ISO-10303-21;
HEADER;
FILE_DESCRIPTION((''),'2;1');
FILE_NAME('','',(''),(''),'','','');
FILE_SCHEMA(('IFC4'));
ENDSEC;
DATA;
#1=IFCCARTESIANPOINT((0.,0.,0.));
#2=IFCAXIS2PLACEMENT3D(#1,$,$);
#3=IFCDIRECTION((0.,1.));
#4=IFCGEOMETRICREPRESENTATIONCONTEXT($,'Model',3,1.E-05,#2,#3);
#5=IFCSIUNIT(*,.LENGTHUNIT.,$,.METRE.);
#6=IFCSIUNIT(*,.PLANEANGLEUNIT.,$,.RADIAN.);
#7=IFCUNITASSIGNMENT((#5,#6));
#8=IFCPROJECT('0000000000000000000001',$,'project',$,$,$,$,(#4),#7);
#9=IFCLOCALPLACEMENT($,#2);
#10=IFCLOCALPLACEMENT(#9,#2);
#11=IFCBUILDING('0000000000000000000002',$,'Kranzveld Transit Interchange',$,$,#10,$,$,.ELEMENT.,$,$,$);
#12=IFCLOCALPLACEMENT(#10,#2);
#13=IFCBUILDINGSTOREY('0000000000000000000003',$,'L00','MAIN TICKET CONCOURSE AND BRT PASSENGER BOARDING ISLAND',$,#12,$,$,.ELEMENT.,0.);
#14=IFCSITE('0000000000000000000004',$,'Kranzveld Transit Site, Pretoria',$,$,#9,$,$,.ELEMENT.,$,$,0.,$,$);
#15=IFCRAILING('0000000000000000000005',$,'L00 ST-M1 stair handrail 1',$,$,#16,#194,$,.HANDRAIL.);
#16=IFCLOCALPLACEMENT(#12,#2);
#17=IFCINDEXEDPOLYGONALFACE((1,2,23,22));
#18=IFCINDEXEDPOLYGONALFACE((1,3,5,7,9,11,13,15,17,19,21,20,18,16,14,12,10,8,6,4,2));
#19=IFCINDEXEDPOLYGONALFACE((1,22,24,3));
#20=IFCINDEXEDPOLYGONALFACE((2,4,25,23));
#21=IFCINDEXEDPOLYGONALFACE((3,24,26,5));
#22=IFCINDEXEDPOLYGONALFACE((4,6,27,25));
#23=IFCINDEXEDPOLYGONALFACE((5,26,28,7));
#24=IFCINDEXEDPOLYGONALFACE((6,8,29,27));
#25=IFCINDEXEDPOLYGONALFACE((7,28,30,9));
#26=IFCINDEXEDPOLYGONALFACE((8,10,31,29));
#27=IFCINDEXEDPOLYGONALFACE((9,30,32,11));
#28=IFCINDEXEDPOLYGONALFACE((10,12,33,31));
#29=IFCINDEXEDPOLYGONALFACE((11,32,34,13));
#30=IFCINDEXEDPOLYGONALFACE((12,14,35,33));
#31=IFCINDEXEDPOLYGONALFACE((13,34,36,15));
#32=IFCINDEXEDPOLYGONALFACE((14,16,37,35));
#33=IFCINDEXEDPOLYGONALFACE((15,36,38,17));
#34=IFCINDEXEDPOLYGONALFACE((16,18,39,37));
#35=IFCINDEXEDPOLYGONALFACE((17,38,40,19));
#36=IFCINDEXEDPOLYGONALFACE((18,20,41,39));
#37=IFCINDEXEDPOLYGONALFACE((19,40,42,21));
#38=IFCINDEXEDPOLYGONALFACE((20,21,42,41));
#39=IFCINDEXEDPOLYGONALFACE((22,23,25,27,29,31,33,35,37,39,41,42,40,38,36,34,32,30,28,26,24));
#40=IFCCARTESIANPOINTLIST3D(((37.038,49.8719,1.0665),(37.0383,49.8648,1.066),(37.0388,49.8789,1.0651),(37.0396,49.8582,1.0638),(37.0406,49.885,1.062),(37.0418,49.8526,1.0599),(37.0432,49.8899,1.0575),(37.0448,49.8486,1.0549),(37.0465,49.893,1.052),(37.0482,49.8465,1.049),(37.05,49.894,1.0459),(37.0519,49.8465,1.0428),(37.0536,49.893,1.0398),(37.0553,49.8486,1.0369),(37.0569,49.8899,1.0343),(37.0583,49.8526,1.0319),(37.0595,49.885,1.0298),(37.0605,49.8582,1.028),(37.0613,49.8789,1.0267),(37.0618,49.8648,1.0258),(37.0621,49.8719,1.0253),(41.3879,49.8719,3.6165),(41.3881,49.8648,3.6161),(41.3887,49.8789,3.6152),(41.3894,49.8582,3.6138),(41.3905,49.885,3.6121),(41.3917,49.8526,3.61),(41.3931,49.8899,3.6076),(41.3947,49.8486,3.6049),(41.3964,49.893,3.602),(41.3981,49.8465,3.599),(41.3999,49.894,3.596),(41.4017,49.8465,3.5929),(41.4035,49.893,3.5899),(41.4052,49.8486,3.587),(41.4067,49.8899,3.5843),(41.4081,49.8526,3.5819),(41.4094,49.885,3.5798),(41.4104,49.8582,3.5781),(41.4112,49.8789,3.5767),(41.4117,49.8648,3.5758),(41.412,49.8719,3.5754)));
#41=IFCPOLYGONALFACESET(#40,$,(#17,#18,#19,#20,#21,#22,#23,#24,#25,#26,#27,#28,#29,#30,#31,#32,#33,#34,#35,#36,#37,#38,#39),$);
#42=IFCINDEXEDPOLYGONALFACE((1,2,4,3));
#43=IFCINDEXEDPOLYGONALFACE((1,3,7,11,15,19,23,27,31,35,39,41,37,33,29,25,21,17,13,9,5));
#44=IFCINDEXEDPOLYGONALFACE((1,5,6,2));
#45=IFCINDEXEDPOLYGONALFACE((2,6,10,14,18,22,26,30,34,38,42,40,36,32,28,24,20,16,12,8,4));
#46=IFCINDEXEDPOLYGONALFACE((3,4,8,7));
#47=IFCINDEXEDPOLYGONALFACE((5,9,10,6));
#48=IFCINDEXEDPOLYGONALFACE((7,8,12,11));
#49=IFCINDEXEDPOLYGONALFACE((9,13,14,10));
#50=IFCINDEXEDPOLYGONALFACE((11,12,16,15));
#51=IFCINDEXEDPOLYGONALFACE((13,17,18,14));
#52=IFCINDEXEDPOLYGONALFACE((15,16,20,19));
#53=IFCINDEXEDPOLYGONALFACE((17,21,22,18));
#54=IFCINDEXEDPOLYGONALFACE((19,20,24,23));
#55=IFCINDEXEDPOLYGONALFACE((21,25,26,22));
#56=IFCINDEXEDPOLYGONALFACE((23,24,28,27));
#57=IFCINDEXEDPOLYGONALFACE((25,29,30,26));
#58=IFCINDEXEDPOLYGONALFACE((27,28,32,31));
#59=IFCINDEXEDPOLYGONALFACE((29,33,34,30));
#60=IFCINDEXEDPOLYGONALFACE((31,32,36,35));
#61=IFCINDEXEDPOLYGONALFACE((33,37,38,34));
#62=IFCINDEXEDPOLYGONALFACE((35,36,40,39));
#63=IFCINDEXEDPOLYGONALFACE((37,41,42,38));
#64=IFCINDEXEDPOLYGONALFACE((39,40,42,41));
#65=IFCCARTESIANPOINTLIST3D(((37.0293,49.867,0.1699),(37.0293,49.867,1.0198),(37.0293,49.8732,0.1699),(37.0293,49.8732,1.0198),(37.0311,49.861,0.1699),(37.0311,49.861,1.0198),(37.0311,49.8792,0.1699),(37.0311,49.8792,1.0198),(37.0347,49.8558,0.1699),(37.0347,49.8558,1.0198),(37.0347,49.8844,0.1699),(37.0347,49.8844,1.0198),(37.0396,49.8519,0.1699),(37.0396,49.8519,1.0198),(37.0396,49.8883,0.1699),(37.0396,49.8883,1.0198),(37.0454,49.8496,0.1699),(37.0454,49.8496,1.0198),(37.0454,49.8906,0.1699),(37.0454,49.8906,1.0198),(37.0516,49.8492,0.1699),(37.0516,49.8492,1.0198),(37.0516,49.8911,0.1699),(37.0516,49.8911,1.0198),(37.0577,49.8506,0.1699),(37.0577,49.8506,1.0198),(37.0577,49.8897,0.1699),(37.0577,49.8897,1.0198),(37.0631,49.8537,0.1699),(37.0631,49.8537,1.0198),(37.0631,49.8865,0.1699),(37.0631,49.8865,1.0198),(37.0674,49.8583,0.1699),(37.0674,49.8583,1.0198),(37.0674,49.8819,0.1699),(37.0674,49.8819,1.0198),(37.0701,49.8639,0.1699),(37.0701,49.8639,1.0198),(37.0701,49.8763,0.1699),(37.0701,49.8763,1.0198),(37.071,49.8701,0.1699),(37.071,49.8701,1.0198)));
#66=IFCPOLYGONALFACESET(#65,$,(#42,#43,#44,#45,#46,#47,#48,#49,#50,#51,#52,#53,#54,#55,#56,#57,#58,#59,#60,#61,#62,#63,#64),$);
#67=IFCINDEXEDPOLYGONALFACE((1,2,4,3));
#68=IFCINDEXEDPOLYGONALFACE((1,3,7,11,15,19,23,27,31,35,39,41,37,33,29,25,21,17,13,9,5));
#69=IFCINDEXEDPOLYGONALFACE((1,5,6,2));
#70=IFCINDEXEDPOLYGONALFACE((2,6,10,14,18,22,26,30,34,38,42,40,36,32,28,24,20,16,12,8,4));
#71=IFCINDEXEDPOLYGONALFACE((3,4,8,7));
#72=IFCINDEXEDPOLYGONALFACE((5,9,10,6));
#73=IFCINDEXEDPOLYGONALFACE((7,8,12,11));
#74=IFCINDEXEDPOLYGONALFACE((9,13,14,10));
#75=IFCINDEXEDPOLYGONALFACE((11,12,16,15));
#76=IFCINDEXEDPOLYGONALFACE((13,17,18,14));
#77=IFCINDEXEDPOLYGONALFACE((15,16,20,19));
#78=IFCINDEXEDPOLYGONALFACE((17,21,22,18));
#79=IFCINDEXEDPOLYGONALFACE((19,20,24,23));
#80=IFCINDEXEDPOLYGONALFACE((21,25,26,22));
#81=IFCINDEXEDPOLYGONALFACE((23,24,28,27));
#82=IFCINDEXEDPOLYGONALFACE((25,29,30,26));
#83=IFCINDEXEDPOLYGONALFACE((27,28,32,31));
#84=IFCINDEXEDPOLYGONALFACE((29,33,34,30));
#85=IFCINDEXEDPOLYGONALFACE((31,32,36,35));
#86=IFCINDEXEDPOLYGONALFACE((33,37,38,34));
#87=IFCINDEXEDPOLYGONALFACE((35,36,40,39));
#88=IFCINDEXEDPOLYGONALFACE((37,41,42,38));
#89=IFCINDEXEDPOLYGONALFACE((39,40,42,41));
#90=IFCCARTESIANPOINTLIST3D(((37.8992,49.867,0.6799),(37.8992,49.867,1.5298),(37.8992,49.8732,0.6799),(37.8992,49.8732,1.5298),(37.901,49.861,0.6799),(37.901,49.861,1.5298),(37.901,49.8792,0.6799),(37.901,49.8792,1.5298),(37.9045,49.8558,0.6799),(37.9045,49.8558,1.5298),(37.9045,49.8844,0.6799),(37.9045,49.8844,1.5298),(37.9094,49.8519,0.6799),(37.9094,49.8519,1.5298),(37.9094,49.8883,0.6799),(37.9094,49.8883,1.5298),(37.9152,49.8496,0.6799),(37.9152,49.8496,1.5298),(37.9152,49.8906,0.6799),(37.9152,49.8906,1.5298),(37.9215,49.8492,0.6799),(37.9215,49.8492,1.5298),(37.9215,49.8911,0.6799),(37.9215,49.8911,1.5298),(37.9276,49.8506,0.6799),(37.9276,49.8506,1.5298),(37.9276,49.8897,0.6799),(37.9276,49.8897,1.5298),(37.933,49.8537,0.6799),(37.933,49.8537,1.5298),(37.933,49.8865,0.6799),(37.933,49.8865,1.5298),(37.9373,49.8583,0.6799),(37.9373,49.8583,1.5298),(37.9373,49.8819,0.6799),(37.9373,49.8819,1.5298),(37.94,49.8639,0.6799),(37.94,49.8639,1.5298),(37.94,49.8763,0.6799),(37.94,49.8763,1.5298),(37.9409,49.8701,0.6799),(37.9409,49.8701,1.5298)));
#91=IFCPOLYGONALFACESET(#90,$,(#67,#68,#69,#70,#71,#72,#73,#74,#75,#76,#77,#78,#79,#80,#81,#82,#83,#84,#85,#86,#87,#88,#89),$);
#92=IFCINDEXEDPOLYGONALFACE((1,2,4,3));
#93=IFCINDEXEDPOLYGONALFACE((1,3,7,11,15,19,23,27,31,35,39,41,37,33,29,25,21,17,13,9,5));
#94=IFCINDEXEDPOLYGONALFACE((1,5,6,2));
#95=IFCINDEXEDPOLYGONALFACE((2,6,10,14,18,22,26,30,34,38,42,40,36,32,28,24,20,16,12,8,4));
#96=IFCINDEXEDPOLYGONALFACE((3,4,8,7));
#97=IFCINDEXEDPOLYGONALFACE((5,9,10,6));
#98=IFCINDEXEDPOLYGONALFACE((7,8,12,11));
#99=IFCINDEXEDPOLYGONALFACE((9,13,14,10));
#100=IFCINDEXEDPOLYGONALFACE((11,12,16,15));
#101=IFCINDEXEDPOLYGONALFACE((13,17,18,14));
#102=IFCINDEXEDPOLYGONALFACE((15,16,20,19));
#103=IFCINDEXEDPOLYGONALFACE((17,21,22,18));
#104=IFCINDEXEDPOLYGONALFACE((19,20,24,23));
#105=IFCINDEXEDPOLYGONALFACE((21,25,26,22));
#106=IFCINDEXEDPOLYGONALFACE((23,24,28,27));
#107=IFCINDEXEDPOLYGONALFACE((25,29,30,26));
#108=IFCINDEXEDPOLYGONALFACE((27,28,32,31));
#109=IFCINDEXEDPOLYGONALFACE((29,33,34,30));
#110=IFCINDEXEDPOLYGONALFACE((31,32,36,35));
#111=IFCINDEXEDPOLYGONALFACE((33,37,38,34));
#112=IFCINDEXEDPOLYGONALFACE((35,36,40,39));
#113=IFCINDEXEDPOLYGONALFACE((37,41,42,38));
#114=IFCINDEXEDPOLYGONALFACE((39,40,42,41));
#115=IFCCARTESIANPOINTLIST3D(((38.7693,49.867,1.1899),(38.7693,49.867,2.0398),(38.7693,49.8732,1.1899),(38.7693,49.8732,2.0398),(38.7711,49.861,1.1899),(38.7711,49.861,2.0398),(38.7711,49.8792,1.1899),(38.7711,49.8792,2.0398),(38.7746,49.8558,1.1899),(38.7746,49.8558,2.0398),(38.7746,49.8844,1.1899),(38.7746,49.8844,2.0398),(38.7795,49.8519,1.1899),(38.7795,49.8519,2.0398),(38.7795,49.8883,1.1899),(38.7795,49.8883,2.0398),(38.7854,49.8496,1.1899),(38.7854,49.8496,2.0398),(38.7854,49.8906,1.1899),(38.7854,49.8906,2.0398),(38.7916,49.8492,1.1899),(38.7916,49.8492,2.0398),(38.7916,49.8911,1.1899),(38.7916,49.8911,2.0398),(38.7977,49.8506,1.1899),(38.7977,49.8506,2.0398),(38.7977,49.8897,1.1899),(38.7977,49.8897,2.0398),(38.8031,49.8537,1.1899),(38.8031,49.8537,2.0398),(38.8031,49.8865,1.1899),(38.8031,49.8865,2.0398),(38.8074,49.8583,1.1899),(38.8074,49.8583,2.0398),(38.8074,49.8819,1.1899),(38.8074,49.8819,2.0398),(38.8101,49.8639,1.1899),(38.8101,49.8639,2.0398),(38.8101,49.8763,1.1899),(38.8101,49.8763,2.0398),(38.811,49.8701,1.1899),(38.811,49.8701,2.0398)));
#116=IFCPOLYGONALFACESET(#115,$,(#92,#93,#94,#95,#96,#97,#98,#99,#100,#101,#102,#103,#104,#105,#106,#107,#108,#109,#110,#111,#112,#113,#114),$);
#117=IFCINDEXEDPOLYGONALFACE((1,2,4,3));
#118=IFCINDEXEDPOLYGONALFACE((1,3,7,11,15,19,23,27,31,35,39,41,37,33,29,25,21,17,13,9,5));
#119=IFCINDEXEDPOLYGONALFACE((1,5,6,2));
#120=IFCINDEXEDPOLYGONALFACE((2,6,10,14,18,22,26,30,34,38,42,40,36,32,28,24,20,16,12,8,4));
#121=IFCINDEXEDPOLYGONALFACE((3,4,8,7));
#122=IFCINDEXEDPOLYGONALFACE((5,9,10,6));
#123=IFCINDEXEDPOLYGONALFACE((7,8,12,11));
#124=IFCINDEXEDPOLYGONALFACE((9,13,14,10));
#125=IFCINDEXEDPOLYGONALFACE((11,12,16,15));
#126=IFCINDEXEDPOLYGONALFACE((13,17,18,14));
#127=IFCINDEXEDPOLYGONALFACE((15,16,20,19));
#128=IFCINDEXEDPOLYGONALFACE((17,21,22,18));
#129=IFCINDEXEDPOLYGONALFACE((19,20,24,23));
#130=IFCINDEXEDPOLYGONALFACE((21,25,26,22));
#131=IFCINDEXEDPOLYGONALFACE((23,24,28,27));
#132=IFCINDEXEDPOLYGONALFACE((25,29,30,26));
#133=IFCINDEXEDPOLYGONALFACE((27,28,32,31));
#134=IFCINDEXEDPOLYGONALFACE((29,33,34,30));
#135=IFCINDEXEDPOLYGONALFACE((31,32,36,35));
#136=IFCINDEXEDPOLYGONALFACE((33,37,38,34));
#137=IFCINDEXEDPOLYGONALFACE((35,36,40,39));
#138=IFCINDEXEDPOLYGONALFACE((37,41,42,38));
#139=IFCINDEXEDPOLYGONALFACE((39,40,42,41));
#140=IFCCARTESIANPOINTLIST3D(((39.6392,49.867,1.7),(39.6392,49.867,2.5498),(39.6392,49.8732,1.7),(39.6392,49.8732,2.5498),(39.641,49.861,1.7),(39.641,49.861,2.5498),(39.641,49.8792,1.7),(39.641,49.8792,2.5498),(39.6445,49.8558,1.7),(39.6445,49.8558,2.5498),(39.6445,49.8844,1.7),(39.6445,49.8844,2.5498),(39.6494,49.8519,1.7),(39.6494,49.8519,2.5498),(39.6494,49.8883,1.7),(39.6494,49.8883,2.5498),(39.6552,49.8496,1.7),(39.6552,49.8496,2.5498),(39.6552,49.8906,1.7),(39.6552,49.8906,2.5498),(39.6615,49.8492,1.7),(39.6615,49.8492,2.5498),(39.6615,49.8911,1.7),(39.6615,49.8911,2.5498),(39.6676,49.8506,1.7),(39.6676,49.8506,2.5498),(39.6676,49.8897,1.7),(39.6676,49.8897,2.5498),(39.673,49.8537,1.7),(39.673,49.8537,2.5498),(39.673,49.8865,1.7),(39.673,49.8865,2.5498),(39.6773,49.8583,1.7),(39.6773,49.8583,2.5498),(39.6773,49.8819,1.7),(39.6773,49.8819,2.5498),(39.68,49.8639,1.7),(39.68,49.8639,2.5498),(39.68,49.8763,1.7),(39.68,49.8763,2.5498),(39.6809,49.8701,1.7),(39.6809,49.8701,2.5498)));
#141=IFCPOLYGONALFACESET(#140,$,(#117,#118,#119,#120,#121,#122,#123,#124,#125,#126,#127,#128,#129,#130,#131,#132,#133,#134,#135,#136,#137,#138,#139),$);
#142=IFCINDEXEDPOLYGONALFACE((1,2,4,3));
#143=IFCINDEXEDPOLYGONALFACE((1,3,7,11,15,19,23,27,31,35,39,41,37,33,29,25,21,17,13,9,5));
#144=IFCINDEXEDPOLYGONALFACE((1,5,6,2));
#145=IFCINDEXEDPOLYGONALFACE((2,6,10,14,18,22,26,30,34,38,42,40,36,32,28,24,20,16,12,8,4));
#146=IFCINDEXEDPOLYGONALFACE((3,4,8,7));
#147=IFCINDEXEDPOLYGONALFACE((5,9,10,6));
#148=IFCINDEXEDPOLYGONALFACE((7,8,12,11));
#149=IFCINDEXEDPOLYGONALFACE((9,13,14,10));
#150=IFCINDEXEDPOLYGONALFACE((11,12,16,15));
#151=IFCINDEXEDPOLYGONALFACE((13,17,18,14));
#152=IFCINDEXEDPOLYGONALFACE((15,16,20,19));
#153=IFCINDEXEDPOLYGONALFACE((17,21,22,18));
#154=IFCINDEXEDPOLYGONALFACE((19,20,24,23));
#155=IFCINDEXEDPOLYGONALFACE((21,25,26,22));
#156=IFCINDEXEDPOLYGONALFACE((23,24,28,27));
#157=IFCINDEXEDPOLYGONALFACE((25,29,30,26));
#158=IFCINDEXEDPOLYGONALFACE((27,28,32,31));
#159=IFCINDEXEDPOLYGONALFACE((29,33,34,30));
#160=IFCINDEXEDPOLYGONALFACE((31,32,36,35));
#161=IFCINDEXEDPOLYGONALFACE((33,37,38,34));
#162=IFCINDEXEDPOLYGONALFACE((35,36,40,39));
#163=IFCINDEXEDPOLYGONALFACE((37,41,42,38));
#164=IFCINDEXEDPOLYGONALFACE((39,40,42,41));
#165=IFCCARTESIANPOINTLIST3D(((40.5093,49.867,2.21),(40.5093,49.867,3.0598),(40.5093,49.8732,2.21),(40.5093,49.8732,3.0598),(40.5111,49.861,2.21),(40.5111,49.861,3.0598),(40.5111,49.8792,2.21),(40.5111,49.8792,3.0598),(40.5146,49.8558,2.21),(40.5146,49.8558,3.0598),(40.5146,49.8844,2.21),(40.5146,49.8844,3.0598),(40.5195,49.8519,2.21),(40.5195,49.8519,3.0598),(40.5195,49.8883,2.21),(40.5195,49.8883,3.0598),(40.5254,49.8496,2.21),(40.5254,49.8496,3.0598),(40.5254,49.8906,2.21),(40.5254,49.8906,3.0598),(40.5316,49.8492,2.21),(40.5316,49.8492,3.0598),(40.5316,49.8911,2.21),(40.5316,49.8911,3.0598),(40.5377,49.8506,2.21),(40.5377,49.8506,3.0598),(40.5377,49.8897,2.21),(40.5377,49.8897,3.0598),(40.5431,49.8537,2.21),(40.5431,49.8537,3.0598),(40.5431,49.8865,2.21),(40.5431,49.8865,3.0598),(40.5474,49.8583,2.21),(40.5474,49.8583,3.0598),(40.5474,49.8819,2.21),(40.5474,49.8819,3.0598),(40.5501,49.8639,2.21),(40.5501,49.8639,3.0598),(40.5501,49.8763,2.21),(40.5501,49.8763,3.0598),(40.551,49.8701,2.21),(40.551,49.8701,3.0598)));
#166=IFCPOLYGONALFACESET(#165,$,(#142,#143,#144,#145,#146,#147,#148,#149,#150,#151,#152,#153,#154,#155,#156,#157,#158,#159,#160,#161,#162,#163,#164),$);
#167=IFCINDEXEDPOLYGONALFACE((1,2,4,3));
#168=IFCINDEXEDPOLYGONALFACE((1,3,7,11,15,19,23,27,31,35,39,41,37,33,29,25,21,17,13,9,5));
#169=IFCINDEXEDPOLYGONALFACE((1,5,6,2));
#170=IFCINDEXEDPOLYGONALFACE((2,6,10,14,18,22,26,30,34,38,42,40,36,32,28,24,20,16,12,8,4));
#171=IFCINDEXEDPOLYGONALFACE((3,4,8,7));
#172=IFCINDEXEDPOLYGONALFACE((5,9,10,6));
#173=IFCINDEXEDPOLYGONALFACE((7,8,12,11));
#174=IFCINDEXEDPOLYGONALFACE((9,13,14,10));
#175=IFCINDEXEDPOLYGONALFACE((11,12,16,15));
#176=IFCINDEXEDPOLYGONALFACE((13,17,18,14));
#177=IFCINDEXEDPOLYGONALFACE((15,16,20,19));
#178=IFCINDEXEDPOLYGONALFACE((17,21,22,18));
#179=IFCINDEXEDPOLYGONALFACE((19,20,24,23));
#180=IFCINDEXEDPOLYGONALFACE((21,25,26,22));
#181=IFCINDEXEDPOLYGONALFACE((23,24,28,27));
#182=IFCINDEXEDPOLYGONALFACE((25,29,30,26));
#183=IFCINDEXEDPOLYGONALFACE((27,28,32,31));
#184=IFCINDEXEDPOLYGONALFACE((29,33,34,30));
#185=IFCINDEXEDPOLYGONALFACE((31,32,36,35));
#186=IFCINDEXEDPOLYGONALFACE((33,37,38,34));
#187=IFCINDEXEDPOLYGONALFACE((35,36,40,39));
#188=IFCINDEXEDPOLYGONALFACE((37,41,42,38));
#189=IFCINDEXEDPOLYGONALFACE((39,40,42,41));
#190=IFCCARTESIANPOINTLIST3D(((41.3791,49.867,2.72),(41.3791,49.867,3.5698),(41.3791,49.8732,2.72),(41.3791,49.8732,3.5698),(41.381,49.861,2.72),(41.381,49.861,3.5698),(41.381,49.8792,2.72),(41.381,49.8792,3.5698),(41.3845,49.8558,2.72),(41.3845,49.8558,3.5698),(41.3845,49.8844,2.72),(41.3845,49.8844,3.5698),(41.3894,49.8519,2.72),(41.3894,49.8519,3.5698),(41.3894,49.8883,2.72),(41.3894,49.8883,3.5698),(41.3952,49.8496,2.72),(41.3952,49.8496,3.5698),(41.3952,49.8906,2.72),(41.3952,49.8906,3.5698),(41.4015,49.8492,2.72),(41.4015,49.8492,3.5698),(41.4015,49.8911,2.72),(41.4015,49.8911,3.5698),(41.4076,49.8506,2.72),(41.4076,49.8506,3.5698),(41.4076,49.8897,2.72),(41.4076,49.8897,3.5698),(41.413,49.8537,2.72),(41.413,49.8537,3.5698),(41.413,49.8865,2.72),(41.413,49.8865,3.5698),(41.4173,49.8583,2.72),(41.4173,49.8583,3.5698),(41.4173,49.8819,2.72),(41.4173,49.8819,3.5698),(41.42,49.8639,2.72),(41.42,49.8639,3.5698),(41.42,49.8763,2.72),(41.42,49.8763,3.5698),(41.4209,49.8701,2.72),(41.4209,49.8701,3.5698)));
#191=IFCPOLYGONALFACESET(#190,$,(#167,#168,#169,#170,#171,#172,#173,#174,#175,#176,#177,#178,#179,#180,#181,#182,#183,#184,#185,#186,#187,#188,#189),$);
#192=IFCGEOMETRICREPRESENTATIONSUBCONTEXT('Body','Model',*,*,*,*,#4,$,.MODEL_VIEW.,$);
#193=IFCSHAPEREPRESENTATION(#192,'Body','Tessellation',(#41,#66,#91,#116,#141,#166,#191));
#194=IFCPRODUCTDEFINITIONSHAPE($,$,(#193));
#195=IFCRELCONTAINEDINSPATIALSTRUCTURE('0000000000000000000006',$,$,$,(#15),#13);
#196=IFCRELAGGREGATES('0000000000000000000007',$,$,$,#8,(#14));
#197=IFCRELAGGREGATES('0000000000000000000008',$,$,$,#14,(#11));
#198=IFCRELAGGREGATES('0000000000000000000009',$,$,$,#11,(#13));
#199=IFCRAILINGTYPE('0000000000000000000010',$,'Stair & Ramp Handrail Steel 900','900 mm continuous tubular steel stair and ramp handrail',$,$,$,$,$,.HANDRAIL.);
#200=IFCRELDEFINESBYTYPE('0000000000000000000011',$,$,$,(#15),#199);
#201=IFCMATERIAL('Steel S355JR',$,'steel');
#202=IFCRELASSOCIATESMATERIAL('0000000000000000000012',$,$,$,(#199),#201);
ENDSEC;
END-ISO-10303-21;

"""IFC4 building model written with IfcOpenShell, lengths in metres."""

from ifc_helpers import new_model, si_unit, direction, frame, origin, origin_2d, place, context, subcontext, project, spatial, circle, extrude, material, type_object, element, save


model = new_model("IFC4")

# Units and contexts
model_context = context("Model", 3, precision=1e-05, world=origin(), true_north=direction((0.0, 1.0)))
body_context = subcontext(model_context, "Body", "Model", "MODEL_VIEW")
ifc_project = project(units=[si_unit("LENGTHUNIT", "METRE"), si_unit("PLANEANGLEUNIT", "RADIAN")], contexts=[model_context])

# Site, building, storey
site_placement = place(None, origin())
site = spatial("IfcSite", under=ifc_project, at=site_placement, Name="Kranzveld Transit Site, Pretoria", CompositionType="ELEMENT", RefElevation=0.0)
building_placement = place(site_placement, origin())
building = spatial("IfcBuilding", under=site, at=building_placement, Name="Kranzveld Transit Interchange", CompositionType="ELEMENT")
storey_placement = place(building_placement, origin())
storey = spatial("IfcBuildingStorey", under=building, at=storey_placement, Name="L00", Description="MAIN TICKET CONCOURSE AND BRT PASSENGER BOARDING ISLAND", CompositionType="ELEMENT", Elevation=0.0)

# Railing
ifc_material_1 = material(Name="Steel S355JR", Category="steel")
railing_type = type_object("IfcRailingType", Name="Stair & Ramp Handrail Steel 900", Description="900 mm continuous tubular steel stair and ramp handrail", PredefinedType="HANDRAIL", material=ifc_material_1)
railing_placement = place(storey_placement, frame((37.05, 49.8701, 0.1699)))
element("IfcRailing", 1, at=railing_placement, inside=storey, type_object=railing_type, Name="L00 ST-M1 stair handrail 1", PredefinedType="HANDRAIL", context=body_context, shape_type="SweptSolid", body=[
    extrude(circle(Radius=0.0239, at=origin_2d()), frame((0.0, 0.0, 0.876), z_axis=(0.862686, 0.0, 0.505739), x_axis=(0.0, 1.0, 0.0)), (0.0, 0.0, 1.0), 5.0422),
    extrude(circle(Radius=0.021, at=origin_2d()), origin(), (0.0, 0.0, 1.0), 0.8499),
    extrude(circle(Radius=0.021, at=origin_2d()), frame((0.8699, 0.0, 0.51)), (0.0, 0.0, 1.0), 0.8499),
    extrude(circle(Radius=0.021, at=origin_2d()), frame((1.74, 0.0, 1.02)), (0.0, 0.0, 1.0), 0.8499),
    extrude(circle(Radius=0.021, at=origin_2d()), frame((2.6099, 0.0, 1.53)), (0.0, 0.0, 1.0), 0.8499),
    extrude(circle(Radius=0.021, at=origin_2d()), frame((3.48, 0.0, 2.04)), (0.0, 0.0, 1.0), 0.8499),
    extrude(circle(Radius=0.021, at=origin_2d()), frame((4.3499, 0.0, 2.55)), (0.0, 0.0, 1.0), 0.8499),
])

save(model, "model.ifc")
